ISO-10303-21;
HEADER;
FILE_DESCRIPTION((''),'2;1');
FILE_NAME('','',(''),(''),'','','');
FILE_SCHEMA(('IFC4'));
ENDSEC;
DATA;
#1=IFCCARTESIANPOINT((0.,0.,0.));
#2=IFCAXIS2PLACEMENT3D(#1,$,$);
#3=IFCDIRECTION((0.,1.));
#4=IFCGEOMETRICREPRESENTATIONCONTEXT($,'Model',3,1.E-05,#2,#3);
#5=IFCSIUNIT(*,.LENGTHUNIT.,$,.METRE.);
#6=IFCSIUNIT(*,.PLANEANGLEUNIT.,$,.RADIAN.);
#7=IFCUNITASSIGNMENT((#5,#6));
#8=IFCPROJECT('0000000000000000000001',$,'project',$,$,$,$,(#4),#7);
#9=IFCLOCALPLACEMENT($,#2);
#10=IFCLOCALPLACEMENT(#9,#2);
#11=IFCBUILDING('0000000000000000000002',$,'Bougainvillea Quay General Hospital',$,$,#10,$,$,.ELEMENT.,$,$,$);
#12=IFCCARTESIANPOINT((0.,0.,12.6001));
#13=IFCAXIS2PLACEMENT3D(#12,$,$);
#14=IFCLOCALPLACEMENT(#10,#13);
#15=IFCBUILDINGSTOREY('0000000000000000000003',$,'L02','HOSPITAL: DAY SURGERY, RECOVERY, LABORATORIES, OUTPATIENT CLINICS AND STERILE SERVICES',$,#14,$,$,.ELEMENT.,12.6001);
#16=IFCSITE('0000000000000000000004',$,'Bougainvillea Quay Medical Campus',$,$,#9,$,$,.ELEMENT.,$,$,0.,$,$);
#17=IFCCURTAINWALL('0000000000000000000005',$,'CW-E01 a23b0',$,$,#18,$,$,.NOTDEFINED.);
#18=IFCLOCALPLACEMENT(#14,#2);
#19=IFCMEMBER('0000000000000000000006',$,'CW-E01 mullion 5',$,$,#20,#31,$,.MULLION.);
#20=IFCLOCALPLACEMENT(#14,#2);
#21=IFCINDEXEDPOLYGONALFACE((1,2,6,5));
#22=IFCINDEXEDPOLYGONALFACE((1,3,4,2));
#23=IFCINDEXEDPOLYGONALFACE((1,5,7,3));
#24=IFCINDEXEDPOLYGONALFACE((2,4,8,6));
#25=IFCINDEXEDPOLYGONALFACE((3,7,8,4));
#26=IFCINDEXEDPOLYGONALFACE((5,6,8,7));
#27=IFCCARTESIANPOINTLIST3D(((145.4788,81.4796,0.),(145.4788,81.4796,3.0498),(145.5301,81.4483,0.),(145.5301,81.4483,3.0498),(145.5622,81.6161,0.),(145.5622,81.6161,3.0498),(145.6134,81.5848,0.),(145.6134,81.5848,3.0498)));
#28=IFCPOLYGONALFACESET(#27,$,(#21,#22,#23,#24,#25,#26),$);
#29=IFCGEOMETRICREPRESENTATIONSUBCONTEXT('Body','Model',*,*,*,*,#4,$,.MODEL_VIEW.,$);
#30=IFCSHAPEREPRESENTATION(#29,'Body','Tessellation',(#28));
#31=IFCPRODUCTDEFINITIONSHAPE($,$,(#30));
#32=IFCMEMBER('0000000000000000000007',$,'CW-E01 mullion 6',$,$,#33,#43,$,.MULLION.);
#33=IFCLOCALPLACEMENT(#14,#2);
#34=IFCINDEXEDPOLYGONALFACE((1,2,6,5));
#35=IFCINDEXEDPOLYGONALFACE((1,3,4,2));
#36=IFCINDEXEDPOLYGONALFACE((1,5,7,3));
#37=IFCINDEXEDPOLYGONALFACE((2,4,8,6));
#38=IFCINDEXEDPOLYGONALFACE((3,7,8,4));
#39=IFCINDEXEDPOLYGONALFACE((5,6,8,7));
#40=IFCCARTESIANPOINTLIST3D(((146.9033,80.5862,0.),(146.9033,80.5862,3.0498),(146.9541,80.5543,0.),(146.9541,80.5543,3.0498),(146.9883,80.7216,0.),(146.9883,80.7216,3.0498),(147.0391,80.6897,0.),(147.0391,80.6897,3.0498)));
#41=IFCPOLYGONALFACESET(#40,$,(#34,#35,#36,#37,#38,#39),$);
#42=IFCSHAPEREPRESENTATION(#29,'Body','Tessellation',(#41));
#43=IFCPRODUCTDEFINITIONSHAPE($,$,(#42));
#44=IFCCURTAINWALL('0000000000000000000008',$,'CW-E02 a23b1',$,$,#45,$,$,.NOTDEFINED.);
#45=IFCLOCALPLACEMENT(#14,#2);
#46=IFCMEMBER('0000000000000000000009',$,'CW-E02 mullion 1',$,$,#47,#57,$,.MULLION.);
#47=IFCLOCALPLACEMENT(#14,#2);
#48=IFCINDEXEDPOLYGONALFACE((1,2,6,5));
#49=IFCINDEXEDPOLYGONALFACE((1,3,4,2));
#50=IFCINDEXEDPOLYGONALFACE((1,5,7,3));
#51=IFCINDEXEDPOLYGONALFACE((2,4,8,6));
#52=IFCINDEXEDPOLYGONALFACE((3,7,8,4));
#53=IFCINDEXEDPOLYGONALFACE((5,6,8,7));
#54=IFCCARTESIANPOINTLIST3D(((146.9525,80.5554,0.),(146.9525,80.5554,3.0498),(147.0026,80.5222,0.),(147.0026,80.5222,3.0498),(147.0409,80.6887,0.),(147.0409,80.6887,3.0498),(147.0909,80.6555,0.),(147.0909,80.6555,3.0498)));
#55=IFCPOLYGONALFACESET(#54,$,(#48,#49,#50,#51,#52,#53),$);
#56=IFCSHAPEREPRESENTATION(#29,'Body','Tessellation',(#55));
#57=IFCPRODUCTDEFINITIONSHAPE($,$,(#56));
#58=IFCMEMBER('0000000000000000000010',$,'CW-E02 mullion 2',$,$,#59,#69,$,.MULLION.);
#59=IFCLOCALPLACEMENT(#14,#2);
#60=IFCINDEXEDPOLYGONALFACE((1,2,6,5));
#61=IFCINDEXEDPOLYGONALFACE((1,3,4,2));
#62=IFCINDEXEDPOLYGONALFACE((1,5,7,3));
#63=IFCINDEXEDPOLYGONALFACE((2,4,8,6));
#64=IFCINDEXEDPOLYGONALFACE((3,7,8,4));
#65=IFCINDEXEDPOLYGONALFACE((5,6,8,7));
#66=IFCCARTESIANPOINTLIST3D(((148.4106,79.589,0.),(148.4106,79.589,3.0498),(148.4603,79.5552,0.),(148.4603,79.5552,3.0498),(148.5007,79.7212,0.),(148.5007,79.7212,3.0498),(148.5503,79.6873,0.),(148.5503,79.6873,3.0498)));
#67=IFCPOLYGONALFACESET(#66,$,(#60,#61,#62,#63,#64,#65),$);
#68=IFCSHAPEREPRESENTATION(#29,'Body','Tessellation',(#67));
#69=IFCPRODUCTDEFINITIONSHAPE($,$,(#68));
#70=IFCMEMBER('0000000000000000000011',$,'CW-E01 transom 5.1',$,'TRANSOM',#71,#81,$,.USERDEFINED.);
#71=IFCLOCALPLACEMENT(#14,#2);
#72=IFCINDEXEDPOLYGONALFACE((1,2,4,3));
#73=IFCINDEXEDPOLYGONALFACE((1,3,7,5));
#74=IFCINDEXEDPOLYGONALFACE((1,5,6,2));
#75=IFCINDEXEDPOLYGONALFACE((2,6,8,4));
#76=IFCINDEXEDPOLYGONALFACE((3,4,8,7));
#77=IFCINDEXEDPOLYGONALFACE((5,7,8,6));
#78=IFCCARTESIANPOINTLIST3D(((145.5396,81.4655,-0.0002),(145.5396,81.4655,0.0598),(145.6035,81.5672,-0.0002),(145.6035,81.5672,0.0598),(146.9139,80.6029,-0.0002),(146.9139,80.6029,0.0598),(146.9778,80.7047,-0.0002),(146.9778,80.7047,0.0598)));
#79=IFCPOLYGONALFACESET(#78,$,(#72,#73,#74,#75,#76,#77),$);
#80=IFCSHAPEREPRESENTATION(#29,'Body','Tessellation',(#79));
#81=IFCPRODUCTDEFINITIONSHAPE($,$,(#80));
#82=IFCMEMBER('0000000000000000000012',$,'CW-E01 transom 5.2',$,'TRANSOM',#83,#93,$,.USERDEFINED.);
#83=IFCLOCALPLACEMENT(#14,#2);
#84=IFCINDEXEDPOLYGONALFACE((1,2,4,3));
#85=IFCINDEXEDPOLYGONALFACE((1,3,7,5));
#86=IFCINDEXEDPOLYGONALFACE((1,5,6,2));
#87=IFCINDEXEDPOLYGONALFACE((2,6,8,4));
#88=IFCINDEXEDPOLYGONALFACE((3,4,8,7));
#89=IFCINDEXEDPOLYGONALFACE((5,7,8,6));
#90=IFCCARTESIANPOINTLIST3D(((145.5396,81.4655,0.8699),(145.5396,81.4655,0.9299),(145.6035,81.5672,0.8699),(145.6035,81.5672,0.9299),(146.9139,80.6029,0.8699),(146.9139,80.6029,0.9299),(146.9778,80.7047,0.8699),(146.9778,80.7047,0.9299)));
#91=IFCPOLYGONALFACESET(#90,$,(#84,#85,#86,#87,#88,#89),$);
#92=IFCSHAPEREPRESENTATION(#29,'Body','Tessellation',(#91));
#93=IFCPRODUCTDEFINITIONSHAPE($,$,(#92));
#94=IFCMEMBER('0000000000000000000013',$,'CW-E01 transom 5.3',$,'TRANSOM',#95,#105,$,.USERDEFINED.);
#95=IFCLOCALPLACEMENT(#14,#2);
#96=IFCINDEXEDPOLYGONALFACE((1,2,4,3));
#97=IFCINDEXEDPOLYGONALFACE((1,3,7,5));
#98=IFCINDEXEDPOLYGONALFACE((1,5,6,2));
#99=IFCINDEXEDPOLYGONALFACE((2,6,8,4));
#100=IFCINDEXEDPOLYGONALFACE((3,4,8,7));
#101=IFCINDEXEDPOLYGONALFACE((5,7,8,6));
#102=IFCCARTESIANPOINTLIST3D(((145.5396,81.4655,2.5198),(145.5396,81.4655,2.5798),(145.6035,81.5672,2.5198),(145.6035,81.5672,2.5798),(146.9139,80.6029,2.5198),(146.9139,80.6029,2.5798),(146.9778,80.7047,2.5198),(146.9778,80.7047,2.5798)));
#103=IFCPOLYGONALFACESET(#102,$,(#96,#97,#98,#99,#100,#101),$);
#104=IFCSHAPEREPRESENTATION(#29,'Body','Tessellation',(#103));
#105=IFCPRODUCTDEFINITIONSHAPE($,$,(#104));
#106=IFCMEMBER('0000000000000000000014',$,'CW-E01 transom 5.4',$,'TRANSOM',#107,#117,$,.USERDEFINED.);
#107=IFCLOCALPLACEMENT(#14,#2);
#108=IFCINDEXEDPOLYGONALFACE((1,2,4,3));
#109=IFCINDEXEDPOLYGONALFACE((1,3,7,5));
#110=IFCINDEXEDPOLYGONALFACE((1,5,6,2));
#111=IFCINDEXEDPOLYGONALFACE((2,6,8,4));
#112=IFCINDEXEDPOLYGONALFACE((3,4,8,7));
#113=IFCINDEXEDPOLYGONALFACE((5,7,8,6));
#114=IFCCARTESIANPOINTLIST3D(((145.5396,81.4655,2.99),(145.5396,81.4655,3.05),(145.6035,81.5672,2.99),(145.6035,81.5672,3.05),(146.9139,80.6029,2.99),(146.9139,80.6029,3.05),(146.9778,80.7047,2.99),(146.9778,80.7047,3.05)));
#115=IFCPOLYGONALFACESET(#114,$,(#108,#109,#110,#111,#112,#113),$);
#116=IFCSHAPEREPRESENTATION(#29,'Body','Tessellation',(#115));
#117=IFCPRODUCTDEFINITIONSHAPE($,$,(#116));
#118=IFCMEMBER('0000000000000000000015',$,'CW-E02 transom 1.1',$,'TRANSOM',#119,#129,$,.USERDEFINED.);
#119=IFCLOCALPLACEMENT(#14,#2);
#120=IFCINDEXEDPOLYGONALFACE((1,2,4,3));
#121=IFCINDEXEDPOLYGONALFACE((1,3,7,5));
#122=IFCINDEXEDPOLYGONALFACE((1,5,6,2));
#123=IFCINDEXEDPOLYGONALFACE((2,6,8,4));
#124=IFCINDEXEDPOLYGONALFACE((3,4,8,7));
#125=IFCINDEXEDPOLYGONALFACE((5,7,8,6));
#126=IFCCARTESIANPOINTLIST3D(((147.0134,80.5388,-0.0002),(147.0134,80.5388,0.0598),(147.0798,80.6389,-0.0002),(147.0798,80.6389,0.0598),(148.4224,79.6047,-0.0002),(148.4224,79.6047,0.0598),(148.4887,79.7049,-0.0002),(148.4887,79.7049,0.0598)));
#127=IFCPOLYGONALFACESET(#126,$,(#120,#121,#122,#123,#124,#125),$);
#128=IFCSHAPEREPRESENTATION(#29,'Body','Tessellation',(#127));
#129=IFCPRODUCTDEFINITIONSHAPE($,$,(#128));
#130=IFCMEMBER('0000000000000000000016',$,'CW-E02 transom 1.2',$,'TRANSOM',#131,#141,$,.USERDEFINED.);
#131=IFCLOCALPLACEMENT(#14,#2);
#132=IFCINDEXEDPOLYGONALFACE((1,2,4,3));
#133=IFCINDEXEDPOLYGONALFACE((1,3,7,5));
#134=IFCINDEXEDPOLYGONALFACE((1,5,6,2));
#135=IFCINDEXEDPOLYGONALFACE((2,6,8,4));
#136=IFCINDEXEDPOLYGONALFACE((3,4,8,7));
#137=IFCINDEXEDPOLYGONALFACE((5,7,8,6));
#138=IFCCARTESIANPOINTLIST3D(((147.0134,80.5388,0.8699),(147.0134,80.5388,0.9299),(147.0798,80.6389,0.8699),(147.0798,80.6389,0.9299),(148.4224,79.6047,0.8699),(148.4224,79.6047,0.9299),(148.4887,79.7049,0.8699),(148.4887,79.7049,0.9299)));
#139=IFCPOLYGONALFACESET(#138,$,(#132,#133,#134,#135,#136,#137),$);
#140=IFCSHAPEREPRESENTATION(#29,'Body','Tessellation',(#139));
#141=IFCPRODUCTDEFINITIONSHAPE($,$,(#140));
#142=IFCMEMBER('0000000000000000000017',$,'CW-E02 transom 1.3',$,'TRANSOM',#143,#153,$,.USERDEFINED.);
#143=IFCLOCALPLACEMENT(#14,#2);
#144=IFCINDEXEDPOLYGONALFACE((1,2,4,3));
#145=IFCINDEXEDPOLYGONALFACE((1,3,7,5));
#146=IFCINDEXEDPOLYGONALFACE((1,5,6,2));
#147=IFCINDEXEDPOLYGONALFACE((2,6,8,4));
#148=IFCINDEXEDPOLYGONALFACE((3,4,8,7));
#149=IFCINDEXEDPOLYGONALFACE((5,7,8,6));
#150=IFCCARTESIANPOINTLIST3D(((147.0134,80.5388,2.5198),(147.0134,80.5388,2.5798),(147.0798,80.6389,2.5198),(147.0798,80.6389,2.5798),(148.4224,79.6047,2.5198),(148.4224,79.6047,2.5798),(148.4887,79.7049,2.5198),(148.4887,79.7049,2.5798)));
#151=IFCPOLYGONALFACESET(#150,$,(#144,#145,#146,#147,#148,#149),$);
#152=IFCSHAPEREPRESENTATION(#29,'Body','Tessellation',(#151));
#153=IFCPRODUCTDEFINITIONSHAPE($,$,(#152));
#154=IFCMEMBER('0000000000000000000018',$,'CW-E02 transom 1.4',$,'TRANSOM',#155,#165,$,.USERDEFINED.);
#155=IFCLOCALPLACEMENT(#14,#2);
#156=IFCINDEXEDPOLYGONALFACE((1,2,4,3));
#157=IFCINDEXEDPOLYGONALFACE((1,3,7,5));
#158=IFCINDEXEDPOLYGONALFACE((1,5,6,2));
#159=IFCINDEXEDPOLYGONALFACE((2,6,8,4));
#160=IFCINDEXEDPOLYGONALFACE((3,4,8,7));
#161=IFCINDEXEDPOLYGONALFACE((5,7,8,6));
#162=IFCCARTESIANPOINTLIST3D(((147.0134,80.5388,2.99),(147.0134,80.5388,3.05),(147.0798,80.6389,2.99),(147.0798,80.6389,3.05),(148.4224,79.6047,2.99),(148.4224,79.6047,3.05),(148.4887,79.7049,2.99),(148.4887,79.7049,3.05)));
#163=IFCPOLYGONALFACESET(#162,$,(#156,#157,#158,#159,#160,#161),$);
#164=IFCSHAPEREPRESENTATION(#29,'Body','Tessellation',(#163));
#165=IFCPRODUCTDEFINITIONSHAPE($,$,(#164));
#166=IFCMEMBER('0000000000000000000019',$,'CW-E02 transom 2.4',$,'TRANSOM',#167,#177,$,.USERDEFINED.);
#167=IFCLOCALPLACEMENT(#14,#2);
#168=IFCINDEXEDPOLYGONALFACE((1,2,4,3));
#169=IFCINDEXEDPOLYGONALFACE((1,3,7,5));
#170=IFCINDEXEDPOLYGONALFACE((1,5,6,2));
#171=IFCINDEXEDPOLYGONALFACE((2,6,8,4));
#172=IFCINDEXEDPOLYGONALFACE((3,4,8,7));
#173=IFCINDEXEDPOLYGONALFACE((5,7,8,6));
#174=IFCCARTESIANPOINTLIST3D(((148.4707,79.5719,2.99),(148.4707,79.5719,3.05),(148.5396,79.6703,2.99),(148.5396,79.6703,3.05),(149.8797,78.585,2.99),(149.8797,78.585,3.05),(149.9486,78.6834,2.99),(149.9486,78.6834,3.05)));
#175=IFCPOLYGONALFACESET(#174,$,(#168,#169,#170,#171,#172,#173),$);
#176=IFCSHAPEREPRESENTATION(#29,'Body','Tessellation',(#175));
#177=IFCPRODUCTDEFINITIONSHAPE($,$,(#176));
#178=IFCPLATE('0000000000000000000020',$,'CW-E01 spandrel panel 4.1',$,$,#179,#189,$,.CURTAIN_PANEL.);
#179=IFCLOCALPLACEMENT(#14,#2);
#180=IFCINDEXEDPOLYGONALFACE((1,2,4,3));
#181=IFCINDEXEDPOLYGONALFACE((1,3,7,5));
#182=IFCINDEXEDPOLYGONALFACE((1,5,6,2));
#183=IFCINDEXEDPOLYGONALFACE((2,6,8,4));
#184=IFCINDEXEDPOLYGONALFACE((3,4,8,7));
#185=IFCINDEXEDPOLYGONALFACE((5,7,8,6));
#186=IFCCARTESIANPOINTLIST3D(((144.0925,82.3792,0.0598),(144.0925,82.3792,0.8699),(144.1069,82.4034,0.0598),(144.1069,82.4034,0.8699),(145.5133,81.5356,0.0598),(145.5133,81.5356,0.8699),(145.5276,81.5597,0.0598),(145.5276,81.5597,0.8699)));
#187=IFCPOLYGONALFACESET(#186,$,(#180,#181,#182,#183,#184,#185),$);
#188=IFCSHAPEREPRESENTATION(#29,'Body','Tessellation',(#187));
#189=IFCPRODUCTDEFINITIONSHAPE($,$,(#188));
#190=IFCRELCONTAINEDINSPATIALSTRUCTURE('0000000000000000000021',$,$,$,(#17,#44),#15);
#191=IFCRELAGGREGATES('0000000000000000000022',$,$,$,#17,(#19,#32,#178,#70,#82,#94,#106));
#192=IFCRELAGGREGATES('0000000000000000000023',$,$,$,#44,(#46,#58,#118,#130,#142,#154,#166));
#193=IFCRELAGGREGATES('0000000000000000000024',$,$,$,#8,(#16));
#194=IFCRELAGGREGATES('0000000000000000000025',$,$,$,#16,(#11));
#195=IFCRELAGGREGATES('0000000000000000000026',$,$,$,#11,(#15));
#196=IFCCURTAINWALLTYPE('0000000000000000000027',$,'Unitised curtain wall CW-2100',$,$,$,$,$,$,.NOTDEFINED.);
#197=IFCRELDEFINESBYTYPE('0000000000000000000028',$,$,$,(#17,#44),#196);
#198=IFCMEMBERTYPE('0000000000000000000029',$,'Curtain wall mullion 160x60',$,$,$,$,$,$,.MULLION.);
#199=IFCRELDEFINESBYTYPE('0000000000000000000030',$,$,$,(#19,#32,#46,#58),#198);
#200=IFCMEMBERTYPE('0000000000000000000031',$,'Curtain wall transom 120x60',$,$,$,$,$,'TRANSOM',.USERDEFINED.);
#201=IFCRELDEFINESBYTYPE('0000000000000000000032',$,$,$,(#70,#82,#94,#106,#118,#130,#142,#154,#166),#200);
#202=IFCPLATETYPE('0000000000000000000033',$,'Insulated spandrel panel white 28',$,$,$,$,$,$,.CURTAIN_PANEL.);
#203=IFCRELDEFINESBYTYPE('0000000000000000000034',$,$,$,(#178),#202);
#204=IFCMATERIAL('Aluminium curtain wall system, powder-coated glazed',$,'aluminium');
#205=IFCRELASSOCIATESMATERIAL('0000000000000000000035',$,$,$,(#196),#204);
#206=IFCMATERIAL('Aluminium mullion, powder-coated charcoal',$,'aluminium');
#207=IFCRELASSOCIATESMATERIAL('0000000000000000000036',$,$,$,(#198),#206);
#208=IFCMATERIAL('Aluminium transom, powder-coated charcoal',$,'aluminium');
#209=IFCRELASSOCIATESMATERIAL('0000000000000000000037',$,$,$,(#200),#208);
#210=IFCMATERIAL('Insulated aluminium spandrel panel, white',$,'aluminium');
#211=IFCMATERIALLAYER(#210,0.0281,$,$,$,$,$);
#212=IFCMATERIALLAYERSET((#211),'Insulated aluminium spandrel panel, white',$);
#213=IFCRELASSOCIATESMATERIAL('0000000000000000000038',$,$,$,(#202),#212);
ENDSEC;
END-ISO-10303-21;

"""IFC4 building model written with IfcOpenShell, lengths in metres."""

from ifc_helpers import new_model, si_unit, direction, frame, origin, origin_2d, place, context, subcontext, project, spatial, rectangle, extrude, material, layer, layer_set, material_profile, profile_set, type_object, element, aggregate, save


model = new_model("IFC4")

# Units and contexts
model_context = context("Model", 3, precision=1e-05, world=origin(), true_north=direction((0.0, 1.0)))
body_context = subcontext(model_context, "Body", "Model", "MODEL_VIEW")
ifc_project = project(units=[si_unit("LENGTHUNIT", "METRE"), si_unit("PLANEANGLEUNIT", "RADIAN")], contexts=[model_context])

# Site, building, storey
site_placement = place(None, origin())
site = spatial("IfcSite", under=ifc_project, at=site_placement, Name="Bougainvillea Quay Medical Campus", CompositionType="ELEMENT", RefElevation=0.0)
building_placement = place(site_placement, origin())
building = spatial("IfcBuilding", under=site, at=building_placement, Name="Bougainvillea Quay General Hospital", CompositionType="ELEMENT")
storey_placement = place(building_placement, frame((0.0, 0.0, 12.6001)))
storey = spatial("IfcBuildingStorey", under=building, at=storey_placement, Name="L02", Description="HOSPITAL: DAY SURGERY, RECOVERY, LABORATORIES, OUTPATIENT CLINICS AND STERILE SERVICES", CompositionType="ELEMENT", Elevation=12.6001)

# Curtain walls, members
ifc_material_1 = material(Name="Aluminium curtain wall system, powder-coated glazed", Category="aluminium")
curtain_wall_type = type_object("IfcCurtainWallType", Name="Unitised curtain wall CW-2100", PredefinedType="NOTDEFINED", material=ifc_material_1)
curtain_wall_1_placement = place(storey_placement, origin())
curtain_wall_1 = element("IfcCurtainWall", 1, at=curtain_wall_1_placement, inside=storey, type_object=curtain_wall_type, Name="CW-E01 a23b0", PredefinedType="NOTDEFINED")
ifc_material_2 = material(Name="Aluminium mullion, powder-coated charcoal", Category="aluminium")
ifc_material_profile_1 = material_profile(ifc_material_2, rectangle(XDim=0.1599, YDim=0.0601, at=origin_2d()))
ifc_profile_set_1 = profile_set([ifc_material_profile_1], Name="Aluminium mullion, powder-coated charcoal")
member_type_1 = type_object("IfcMemberType", Name="Curtain wall mullion 160x60", PredefinedType="MULLION", material=ifc_profile_set_1)
member_1_placement = place(storey_placement, frame((145.5461, 81.5322, 0.0), z_axis=(0.0, 0.0, 1.0), x_axis=(0.521088, 0.853503, 0.0)))
member_1 = element("IfcMember", 2, at=member_1_placement, type_object=member_type_1, Name="CW-E01 mullion 5", PredefinedType="MULLION", context=body_context, shape_type="SweptSolid", body=[
    extrude(rectangle(XDim=0.1599, YDim=0.0601, at=origin_2d()), origin(), (0.0, 0.0, 1.0), 3.0498),
])
member_2_placement = place(storey_placement, frame((146.9712, 80.6379, 0.0), z_axis=(0.0, 0.0, 1.0), x_axis=(0.531526, 0.847042, 0.0)))
member_2 = element("IfcMember", 3, at=member_2_placement, type_object=member_type_1, Name="CW-E01 mullion 6", PredefinedType="MULLION", context=body_context, shape_type="SweptSolid", body=[
    extrude(rectangle(XDim=0.1599, YDim=0.0601, at=origin_2d()), origin(), (0.0, 0.0, 1.0), 3.0498),
])
curtain_wall_2_placement = place(storey_placement, origin())
curtain_wall_2 = element("IfcCurtainWall", 4, at=curtain_wall_2_placement, inside=storey, type_object=curtain_wall_type, Name="CW-E02 a23b1", PredefinedType="NOTDEFINED")
member_3_placement = place(storey_placement, frame((147.0217, 80.6055, 0.0), z_axis=(0.0, 0.0, 1.0), x_axis=(0.552566, 0.833469, 0.0)))
member_3 = element("IfcMember", 5, at=member_3_placement, type_object=member_type_1, Name="CW-E02 mullion 1", PredefinedType="MULLION", context=body_context, shape_type="SweptSolid", body=[
    extrude(rectangle(XDim=0.1599, YDim=0.0601, at=origin_2d()), origin(), (0.0, 0.0, 1.0), 3.0498),
])
member_4_placement = place(storey_placement, frame((148.4805, 79.6382, 0.0), z_axis=(0.0, 0.0, 1.0), x_axis=(0.563157, 0.82635, 0.0)))
member_4 = element("IfcMember", 6, at=member_4_placement, type_object=member_type_1, Name="CW-E02 mullion 2", PredefinedType="MULLION", context=body_context, shape_type="SweptSolid", body=[
    extrude(rectangle(XDim=0.1599, YDim=0.0601, at=origin_2d()), origin(), (0.0, 0.0, 1.0), 3.0498),
])

# Members
ifc_material_3 = material(Name="Aluminium transom, powder-coated charcoal", Category="aluminium")
ifc_material_profile_2 = material_profile(ifc_material_3, rectangle(XDim=0.1201, YDim=0.0601, at=origin_2d()))
ifc_profile_set_2 = profile_set([ifc_material_profile_2], Name="Aluminium transom, powder-coated charcoal")
member_type_2 = type_object("IfcMemberType", Name="Curtain wall transom 120x60", ElementType="TRANSOM", PredefinedType="USERDEFINED", material=ifc_profile_set_2)
member_5_placement = place(storey_placement, frame((145.5715, 81.5164, 0.0298), z_axis=(0.846991, -0.531607, 0.0), x_axis=(0.531607, 0.846991, 0.0)))
member_5 = element("IfcMember", 7, at=member_5_placement, type_object=member_type_2, Name="CW-E01 transom 5.1", ObjectType="TRANSOM", PredefinedType="USERDEFINED", context=body_context, shape_type="SweptSolid", body=[
    extrude(rectangle(XDim=0.1201, YDim=0.0601, at=origin_2d()), origin(), (0.0, 0.0, 1.0), 1.6226),
])
member_6_placement = place(storey_placement, frame((145.5715, 81.5164, 0.8999), z_axis=(0.846991, -0.531607, 0.0), x_axis=(0.531607, 0.846991, 0.0)))
member_6 = element("IfcMember", 8, at=member_6_placement, type_object=member_type_2, Name="CW-E01 transom 5.2", ObjectType="TRANSOM", PredefinedType="USERDEFINED", context=body_context, shape_type="SweptSolid", body=[
    extrude(rectangle(XDim=0.1201, YDim=0.0601, at=origin_2d()), origin(), (0.0, 0.0, 1.0), 1.6226),
])
member_7_placement = place(storey_placement, frame((145.5715, 81.5164, 2.5498), z_axis=(0.846991, -0.531607, 0.0), x_axis=(0.531607, 0.846991, 0.0)))
member_7 = element("IfcMember", 9, at=member_7_placement, type_object=member_type_2, Name="CW-E01 transom 5.3", ObjectType="TRANSOM", PredefinedType="USERDEFINED", context=body_context, shape_type="SweptSolid", body=[
    extrude(rectangle(XDim=0.1201, YDim=0.0601, at=origin_2d()), origin(), (0.0, 0.0, 1.0), 1.6226),
])
member_8_placement = place(storey_placement, frame((145.5715, 81.5164, 3.02), z_axis=(0.846991, -0.531607, 0.0), x_axis=(0.531607, 0.846991, 0.0)))
member_8 = element("IfcMember", 10, at=member_8_placement, type_object=member_type_2, Name="CW-E01 transom 5.4", ObjectType="TRANSOM", PredefinedType="USERDEFINED", context=body_context, shape_type="SweptSolid", body=[
    extrude(rectangle(XDim=0.1201, YDim=0.0601, at=origin_2d()), origin(), (0.0, 0.0, 1.0), 1.6226),
])
member_9_placement = place(storey_placement, frame((147.0466, 80.5889, 0.0298), z_axis=(0.83347, -0.552565, 0.0), x_axis=(0.552565, 0.83347, 0.0)))
member_9 = element("IfcMember", 11, at=member_9_placement, type_object=member_type_2, Name="CW-E02 transom 1.1", ObjectType="TRANSOM", PredefinedType="USERDEFINED", context=body_context, shape_type="SweptSolid", body=[
    extrude(rectangle(XDim=0.1201, YDim=0.0601, at=origin_2d()), origin(), (0.0, 0.0, 1.0), 1.6904),
])
member_10_placement = place(storey_placement, frame((147.0466, 80.5889, 0.8999), z_axis=(0.83347, -0.552565, 0.0), x_axis=(0.552565, 0.83347, 0.0)))
member_10 = element("IfcMember", 12, at=member_10_placement, type_object=member_type_2, Name="CW-E02 transom 1.2", ObjectType="TRANSOM", PredefinedType="USERDEFINED", context=body_context, shape_type="SweptSolid", body=[
    extrude(rectangle(XDim=0.1201, YDim=0.0601, at=origin_2d()), origin(), (0.0, 0.0, 1.0), 1.6904),
])
member_11_placement = place(storey_placement, frame((147.0466, 80.5889, 2.5498), z_axis=(0.83347, -0.552565, 0.0), x_axis=(0.552565, 0.83347, 0.0)))
member_11 = element("IfcMember", 13, at=member_11_placement, type_object=member_type_2, Name="CW-E02 transom 1.3", ObjectType="TRANSOM", PredefinedType="USERDEFINED", context=body_context, shape_type="SweptSolid", body=[
    extrude(rectangle(XDim=0.1201, YDim=0.0601, at=origin_2d()), origin(), (0.0, 0.0, 1.0), 1.6904),
])
member_12_placement = place(storey_placement, frame((147.0466, 80.5889, 3.02), z_axis=(0.83347, -0.552565, 0.0), x_axis=(0.552565, 0.83347, 0.0)))
member_12 = element("IfcMember", 14, at=member_12_placement, type_object=member_type_2, Name="CW-E02 transom 1.4", ObjectType="TRANSOM", PredefinedType="USERDEFINED", context=body_context, shape_type="SweptSolid", body=[
    extrude(rectangle(XDim=0.1201, YDim=0.0601, at=origin_2d()), origin(), (0.0, 0.0, 1.0), 1.6904),
])
member_13_placement = place(storey_placement, frame((148.5051, 79.6211, 3.02), z_axis=(0.819079, -0.573681, 0.0), x_axis=(0.573681, 0.819079, 0.0)))
member_13 = element("IfcMember", 15, at=member_13_placement, type_object=member_type_2, Name="CW-E02 transom 2.4", ObjectType="TRANSOM", PredefinedType="USERDEFINED", context=body_context, shape_type="SweptSolid", body=[
    extrude(rectangle(XDim=0.1201, YDim=0.0601, at=origin_2d()), origin(), (0.0, 0.0, 1.0), 1.7202),
])

# Plate
ifc_material_4 = material(Name="Insulated aluminium spandrel panel, white", Category="aluminium")
ifc_layer_1 = layer(ifc_material_4, 0.0281)
ifc_layer_set_1 = layer_set([ifc_layer_1], Name="Insulated aluminium spandrel panel, white")
plate_type_1 = type_object("IfcPlateType", Name="Insulated spandrel panel white 28", PredefinedType="CURTAIN_PANEL", material=ifc_layer_set_1)
plate_1_placement = place(storey_placement, frame((144.8101, 81.9695, 0.0598), z_axis=(0.0, 0.0, 1.0), x_axis=(0.859835, -0.510572, 0.0)))
plate_1 = element("IfcPlate", 16, at=plate_1_placement, type_object=plate_type_1, Name="CW-E01 spandrel panel 4.1", PredefinedType="CURTAIN_PANEL", context=body_context, shape_type="SweptSolid", body=[
    extrude(rectangle(XDim=1.6523, YDim=0.0281, at=origin_2d()), origin(), (0.0, 0.0, 1.0), 0.8101),
])
aggregate(curtain_wall_1, [member_1, member_2, plate_1, member_5, member_6, member_7, member_8])
aggregate(curtain_wall_2, [member_3, member_4, member_9, member_10, member_11, member_12, member_13])

save(model, "model.ifc")
